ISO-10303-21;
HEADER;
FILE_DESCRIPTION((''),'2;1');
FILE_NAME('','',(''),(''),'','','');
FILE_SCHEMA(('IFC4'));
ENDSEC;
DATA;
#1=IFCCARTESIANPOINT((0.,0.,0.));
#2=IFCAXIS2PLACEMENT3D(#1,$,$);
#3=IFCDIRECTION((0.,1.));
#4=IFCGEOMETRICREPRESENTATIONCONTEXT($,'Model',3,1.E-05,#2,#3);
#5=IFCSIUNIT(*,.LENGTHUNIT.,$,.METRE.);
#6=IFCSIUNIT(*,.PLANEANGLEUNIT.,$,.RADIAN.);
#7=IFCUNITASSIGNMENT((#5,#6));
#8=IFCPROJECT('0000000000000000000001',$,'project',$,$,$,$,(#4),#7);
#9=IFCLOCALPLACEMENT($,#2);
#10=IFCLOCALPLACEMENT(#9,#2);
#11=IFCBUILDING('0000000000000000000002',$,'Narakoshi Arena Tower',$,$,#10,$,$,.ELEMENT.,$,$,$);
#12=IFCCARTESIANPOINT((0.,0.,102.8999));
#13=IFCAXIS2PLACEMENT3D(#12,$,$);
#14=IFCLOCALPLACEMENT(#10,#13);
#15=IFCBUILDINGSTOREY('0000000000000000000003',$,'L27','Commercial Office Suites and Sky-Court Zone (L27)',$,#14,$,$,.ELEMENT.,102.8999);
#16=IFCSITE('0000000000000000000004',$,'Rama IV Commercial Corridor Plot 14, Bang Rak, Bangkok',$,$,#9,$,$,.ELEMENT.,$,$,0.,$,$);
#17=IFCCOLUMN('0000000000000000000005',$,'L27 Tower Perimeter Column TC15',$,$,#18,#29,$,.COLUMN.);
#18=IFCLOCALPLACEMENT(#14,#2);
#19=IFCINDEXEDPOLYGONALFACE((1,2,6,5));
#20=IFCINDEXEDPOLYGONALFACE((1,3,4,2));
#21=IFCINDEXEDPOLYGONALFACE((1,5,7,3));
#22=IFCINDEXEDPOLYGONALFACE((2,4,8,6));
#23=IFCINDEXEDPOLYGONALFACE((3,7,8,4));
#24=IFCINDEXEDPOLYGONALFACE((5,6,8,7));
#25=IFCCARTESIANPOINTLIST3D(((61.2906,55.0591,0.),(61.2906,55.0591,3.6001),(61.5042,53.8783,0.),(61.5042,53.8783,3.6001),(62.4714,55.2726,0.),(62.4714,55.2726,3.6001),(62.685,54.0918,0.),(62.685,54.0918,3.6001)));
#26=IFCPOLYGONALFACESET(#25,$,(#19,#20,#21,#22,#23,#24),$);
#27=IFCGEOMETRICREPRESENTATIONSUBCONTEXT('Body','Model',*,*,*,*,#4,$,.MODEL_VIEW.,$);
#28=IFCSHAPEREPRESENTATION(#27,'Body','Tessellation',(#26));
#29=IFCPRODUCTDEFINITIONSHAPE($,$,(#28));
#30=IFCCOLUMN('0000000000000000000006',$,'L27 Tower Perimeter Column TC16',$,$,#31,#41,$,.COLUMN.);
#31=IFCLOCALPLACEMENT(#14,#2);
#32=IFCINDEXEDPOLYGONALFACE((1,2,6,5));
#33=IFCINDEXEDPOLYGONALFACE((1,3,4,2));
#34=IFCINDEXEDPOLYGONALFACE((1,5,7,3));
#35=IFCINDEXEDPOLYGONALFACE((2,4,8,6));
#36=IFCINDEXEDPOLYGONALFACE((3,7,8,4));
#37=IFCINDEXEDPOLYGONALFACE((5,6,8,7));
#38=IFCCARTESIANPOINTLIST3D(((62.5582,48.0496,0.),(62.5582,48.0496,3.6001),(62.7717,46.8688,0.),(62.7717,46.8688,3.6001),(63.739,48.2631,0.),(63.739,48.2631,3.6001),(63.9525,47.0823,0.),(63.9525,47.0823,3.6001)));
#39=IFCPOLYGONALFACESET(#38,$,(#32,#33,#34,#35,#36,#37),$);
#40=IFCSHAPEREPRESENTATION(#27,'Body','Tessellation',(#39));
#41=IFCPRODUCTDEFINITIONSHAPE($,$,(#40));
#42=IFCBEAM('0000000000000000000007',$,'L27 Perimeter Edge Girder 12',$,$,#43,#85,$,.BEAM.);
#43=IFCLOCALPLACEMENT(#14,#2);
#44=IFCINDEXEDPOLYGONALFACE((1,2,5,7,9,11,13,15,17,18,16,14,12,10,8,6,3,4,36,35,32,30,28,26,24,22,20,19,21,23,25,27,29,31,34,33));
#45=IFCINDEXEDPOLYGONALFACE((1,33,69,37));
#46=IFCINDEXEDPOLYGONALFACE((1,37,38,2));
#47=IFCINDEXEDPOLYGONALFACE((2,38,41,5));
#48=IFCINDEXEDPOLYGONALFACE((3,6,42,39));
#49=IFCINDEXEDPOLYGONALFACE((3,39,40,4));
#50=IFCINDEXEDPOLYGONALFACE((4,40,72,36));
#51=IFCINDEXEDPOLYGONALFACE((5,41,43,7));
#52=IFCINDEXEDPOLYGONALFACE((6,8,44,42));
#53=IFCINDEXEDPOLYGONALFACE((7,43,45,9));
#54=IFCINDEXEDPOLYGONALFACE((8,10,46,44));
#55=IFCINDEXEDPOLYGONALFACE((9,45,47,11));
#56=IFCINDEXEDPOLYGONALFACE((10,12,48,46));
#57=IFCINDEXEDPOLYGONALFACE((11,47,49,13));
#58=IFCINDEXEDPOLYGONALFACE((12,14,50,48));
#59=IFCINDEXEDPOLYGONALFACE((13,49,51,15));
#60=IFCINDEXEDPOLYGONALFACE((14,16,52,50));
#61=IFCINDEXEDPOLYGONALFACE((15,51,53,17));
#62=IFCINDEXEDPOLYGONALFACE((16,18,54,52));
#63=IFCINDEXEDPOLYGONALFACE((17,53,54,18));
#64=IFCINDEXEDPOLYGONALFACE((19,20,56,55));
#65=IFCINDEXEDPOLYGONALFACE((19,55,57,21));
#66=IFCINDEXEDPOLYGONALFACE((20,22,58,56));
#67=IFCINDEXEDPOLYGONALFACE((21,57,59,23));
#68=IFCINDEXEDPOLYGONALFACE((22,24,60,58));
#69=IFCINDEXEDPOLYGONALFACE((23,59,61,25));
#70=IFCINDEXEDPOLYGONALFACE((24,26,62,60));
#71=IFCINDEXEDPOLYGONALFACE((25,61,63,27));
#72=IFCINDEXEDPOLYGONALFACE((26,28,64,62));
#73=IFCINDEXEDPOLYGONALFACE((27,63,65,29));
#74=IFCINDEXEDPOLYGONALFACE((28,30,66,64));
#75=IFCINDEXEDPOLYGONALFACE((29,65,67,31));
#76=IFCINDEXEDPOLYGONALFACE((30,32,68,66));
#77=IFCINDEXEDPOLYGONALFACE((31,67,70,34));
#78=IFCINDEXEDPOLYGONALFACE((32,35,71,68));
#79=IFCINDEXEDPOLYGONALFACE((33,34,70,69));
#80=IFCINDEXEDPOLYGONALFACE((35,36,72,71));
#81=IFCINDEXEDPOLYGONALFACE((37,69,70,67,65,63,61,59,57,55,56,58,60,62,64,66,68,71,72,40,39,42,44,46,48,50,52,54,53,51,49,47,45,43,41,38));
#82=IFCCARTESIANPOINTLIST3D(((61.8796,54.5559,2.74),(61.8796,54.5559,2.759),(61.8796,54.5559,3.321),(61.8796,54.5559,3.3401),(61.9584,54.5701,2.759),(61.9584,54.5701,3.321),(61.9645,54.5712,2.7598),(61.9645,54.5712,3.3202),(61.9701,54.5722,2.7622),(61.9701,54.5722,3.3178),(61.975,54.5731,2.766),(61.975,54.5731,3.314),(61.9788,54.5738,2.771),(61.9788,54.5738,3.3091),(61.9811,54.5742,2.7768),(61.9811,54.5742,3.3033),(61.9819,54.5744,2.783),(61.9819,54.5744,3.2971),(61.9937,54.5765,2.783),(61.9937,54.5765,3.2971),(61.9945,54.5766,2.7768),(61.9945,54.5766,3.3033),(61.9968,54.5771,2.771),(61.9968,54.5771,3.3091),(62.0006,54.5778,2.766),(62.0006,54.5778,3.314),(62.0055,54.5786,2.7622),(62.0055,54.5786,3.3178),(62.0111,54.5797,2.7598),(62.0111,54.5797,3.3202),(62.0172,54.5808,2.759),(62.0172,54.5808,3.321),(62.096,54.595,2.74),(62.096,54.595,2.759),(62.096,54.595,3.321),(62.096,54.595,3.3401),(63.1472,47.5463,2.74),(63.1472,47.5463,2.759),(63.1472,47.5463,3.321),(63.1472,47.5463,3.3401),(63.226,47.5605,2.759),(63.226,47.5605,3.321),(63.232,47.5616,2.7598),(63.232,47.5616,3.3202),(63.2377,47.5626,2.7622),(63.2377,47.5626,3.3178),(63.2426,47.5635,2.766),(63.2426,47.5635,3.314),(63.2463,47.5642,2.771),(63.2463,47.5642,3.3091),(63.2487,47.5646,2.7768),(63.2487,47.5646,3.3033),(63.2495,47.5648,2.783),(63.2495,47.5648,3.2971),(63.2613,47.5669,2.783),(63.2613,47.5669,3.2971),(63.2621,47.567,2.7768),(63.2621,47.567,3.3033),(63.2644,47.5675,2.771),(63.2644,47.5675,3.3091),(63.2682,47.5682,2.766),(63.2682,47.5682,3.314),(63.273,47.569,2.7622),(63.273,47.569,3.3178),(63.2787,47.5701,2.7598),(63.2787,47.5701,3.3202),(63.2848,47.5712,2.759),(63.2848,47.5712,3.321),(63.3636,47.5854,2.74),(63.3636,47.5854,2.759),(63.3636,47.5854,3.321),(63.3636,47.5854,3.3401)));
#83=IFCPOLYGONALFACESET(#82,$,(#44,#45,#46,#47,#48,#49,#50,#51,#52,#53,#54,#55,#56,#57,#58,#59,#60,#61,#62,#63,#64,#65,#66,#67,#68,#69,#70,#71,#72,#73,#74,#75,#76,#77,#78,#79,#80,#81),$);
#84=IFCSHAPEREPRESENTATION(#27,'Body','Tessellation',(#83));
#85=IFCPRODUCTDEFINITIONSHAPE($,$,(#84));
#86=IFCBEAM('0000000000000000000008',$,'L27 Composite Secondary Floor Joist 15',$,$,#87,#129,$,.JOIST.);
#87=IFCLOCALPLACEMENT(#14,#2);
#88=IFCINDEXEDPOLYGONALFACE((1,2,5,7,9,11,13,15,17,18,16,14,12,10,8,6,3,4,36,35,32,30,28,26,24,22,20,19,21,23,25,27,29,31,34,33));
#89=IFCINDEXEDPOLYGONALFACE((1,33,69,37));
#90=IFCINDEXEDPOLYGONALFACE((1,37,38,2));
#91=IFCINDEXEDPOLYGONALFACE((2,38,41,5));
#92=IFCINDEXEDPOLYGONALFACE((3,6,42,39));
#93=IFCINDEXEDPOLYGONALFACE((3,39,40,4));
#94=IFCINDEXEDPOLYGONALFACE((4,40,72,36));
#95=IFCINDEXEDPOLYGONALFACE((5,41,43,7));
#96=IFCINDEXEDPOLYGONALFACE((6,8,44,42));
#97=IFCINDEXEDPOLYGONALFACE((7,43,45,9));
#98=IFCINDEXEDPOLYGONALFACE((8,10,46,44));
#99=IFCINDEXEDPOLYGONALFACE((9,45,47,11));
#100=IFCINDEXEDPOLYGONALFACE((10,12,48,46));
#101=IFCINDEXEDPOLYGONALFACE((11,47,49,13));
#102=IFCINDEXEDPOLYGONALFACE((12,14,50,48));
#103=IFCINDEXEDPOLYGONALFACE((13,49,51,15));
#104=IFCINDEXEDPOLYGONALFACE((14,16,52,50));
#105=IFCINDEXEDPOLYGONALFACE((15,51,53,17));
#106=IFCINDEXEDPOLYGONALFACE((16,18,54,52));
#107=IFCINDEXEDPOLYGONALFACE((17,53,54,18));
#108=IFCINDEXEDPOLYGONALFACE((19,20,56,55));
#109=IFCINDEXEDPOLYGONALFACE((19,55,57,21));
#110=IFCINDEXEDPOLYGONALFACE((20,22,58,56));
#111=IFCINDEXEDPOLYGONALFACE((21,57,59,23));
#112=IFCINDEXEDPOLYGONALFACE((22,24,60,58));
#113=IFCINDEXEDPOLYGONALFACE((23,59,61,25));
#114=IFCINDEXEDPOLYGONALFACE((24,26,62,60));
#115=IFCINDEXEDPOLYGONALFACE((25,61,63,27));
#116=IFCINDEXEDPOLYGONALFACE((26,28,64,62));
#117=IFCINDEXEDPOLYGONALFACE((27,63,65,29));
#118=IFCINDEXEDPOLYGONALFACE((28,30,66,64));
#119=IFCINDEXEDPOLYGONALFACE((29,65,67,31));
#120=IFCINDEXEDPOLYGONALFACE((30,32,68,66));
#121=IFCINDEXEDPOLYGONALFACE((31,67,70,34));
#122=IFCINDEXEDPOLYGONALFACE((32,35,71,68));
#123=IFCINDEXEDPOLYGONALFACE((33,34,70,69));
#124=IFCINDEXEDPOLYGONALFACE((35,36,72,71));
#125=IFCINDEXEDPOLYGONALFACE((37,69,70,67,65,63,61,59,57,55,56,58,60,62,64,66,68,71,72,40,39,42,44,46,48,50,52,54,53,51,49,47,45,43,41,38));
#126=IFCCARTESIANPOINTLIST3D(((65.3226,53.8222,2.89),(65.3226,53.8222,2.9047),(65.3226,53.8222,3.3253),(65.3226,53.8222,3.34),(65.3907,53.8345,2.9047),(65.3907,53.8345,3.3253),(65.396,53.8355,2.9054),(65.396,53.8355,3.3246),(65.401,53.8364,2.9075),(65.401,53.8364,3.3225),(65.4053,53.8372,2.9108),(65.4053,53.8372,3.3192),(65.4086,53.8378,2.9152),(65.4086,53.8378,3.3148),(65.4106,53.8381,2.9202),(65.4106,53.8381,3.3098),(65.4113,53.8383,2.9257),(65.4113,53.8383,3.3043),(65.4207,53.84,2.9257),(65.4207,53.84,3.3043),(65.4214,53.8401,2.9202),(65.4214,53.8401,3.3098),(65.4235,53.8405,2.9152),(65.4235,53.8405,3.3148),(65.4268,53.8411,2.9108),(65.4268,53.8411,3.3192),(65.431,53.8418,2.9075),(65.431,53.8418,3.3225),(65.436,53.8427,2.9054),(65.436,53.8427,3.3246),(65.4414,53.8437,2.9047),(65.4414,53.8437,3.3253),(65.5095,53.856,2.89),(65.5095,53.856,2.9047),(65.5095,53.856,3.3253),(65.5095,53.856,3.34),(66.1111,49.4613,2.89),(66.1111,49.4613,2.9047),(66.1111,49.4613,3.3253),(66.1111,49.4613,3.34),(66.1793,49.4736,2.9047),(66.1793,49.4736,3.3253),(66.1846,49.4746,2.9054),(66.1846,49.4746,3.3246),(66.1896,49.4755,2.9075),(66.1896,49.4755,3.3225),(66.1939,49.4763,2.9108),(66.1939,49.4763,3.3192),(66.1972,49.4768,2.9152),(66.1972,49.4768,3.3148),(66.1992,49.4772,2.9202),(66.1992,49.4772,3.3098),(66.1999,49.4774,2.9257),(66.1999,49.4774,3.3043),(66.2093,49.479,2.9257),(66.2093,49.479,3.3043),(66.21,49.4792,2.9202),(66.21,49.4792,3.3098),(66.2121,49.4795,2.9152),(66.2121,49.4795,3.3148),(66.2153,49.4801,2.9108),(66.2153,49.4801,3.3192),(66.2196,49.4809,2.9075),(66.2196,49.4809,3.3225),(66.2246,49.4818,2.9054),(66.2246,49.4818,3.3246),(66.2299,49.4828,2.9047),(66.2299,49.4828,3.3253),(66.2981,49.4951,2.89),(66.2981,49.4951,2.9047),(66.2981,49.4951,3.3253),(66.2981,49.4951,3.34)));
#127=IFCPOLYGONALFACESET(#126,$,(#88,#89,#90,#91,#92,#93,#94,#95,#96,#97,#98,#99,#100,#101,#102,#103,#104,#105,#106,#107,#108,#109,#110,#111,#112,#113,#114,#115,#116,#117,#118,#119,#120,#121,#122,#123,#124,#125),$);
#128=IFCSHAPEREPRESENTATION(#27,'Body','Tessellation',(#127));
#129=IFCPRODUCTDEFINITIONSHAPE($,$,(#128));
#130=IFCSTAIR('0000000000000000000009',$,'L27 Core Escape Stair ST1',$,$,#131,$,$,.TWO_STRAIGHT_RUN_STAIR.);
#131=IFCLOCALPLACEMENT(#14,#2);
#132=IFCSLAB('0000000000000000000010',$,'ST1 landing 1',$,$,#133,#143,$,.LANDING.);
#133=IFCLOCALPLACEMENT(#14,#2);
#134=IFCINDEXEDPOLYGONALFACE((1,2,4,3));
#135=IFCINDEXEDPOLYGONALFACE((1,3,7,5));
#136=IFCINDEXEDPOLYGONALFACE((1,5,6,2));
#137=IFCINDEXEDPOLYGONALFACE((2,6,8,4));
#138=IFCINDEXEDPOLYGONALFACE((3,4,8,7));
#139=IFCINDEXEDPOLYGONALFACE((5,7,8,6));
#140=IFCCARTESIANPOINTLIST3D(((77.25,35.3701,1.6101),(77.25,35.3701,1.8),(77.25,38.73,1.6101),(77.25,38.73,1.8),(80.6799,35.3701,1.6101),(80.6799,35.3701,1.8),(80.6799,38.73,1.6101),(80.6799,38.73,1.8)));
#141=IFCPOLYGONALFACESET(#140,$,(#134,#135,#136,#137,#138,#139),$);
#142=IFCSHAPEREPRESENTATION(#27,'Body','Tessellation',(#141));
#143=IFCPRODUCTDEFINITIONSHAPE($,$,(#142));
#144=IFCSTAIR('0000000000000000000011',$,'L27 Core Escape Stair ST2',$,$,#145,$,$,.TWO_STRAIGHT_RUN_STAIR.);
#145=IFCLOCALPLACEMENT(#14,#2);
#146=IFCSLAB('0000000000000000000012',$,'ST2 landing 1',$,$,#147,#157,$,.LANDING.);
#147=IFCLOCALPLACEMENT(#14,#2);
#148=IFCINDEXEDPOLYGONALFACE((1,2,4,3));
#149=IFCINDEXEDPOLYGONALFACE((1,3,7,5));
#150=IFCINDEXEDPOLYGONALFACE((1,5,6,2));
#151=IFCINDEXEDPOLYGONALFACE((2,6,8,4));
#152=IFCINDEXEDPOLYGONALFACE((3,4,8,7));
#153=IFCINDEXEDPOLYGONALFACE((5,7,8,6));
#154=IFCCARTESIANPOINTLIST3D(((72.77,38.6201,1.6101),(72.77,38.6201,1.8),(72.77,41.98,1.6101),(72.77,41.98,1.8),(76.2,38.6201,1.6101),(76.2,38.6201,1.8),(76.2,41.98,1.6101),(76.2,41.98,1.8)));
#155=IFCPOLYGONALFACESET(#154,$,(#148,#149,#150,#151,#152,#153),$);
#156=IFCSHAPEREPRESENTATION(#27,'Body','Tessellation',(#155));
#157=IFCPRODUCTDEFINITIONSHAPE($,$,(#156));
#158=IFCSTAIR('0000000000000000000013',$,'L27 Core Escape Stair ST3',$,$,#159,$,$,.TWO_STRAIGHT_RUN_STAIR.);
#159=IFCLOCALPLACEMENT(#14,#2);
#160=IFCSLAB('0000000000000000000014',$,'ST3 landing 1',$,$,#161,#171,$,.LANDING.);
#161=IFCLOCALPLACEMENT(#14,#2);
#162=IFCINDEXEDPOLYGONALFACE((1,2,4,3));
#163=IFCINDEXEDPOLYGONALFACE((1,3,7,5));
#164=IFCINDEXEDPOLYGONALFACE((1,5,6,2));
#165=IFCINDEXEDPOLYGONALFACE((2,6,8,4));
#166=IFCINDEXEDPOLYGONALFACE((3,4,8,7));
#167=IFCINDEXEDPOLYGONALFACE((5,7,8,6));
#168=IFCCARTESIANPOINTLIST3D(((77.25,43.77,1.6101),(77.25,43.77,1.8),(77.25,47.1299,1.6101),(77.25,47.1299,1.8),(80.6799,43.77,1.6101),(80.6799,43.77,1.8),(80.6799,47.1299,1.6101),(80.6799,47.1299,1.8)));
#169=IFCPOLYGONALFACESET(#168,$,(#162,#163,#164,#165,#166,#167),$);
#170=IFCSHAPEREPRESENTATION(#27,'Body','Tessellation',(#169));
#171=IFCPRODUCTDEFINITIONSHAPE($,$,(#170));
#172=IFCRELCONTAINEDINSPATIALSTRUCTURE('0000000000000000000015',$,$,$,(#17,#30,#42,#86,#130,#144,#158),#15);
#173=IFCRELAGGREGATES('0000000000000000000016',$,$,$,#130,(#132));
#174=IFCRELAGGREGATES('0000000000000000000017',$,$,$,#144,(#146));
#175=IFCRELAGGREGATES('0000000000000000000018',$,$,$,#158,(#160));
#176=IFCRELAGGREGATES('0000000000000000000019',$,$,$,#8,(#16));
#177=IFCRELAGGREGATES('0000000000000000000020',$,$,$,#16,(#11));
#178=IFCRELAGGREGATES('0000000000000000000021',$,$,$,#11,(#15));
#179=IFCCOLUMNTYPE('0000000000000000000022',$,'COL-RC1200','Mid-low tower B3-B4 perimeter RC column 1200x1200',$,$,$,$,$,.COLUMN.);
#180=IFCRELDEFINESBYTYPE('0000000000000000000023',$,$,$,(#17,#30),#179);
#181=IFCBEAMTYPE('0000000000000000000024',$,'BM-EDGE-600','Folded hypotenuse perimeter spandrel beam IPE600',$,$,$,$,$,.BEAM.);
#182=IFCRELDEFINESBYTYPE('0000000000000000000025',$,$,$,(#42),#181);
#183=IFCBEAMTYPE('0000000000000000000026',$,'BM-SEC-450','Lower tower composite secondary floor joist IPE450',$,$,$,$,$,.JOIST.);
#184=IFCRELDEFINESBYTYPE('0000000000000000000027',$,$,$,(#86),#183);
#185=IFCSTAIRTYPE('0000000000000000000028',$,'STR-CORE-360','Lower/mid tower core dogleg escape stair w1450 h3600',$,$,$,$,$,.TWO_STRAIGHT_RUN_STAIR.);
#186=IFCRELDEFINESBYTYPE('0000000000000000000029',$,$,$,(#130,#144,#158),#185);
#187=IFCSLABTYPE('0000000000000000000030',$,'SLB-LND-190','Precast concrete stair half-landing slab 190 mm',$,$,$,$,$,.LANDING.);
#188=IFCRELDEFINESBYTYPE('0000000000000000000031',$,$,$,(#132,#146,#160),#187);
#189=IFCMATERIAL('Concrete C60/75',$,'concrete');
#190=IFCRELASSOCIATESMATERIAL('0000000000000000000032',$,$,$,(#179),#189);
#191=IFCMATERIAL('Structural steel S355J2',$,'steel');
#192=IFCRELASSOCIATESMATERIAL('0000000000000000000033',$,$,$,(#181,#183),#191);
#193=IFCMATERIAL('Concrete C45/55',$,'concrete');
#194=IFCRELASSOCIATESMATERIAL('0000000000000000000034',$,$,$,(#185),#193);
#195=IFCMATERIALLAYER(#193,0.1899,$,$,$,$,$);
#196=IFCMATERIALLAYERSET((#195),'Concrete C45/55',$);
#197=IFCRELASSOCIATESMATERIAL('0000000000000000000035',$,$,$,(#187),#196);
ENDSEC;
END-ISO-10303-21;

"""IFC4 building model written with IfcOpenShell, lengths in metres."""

from ifc_helpers import new_model, si_unit, direction, frame, origin, origin_2d, place, context, subcontext, project, spatial, polyline, rectangle, i_section, outline, extrude, material, layer, layer_set, material_profile, profile_set, type_object, element, aggregate, save


model = new_model("IFC4")

# Units and contexts
model_context = context("Model", 3, precision=1e-05, world=origin(), true_north=direction((0.0, 1.0)))
body_context = subcontext(model_context, "Body", "Model", "MODEL_VIEW")
ifc_project = project(units=[si_unit("LENGTHUNIT", "METRE"), si_unit("PLANEANGLEUNIT", "RADIAN")], contexts=[model_context])

# Site, building, storey
site_placement = place(None, origin())
site = spatial("IfcSite", under=ifc_project, at=site_placement, Name="Rama IV Commercial Corridor Plot 14, Bang Rak, Bangkok", CompositionType="ELEMENT", RefElevation=0.0)
building_placement = place(site_placement, origin())
building = spatial("IfcBuilding", under=site, at=building_placement, Name="Narakoshi Arena Tower", CompositionType="ELEMENT")
storey_placement = place(building_placement, frame((0.0, 0.0, 102.8999)))
storey = spatial("IfcBuildingStorey", under=building, at=storey_placement, Name="L27", Description="Commercial Office Suites and Sky-Court Zone (L27)", CompositionType="ELEMENT", Elevation=102.8999)

# Columns
ifc_material_1 = material(Name="Concrete C60/75", Category="concrete")
ifc_material_profile_1 = material_profile(ifc_material_1, rectangle(XDim=1.2, YDim=1.2, at=origin_2d()), Name="RC1200x1200")
ifc_profile_set_1 = profile_set([ifc_material_profile_1], Name="Concrete C60/75")
column_type = type_object("IfcColumnType", Name="COL-RC1200", Description="Mid-low tower B3-B4 perimeter RC column 1200x1200", PredefinedType="COLUMN", material=ifc_profile_set_1)
for number, where, z_axis, x_axis, name in (
    (1, (61.9878, 54.5754, 0.0), (0.0, 0.0, 1.0), (-0.177944, 0.984041, 0.0), "L27 Tower Perimeter Column TC15"),
    (2, (63.2554, 47.5659, 0.0), (0.0, 0.0, 1.0), (-0.177944, 0.984041, 0.0), "L27 Tower Perimeter Column TC16"),
):
    element("IfcColumn", number, at=place(storey_placement, frame(where, z_axis=z_axis, x_axis=x_axis)), inside=storey, type_object=column_type, Name=name, PredefinedType="COLUMN", context=body_context, shape_type="SweptSolid", body=[
        extrude(rectangle(XDim=1.2, YDim=1.2, at=origin_2d()), origin(), (0.0, 0.0, 1.0), 3.6001),
    ])

# Beams
ifc_material_2 = material(Name="Structural steel S355J2", Category="steel")
ifc_material_profile_2 = material_profile(ifc_material_2, i_section(OverallWidth=0.22, OverallDepth=0.6001, WebThickness=0.012, FlangeThickness=0.019, FilletRadius=0.0239, at=origin_2d()), Name="IPE600")
ifc_profile_set_2 = profile_set([ifc_material_profile_2], Name="Structural steel S355J2")
beam_type_1 = type_object("IfcBeamType", Name="BM-EDGE-600", Description="Folded hypotenuse perimeter spandrel beam IPE600", PredefinedType="BEAM", material=ifc_profile_set_2)
beam_1_placement = place(storey_placement, frame((61.9878, 54.5754, 3.04), z_axis=(0.17795, -0.984039, 0.0), x_axis=(0.984039, 0.17795, 0.0)))
element("IfcBeam", 3, at=beam_1_placement, inside=storey, type_object=beam_type_1, Name="L27 Perimeter Edge Girder 12", PredefinedType="BEAM", context=body_context, shape_type="SweptSolid", body=[
    extrude(i_section(OverallWidth=0.22, OverallDepth=0.6001, WebThickness=0.012, FlangeThickness=0.019, FilletRadius=0.0239, at=origin_2d()), origin(), (0.0, 0.0, 1.0), 7.1233),
])
ifc_material_profile_3 = material_profile(ifc_material_2, i_section(OverallWidth=0.1899, OverallDepth=0.45, WebThickness=0.0095, FlangeThickness=0.0146, FilletRadius=0.021, at=origin_2d()), Name="IPE450")
ifc_profile_set_3 = profile_set([ifc_material_profile_3], Name="Structural steel S355J2")
beam_type_2 = type_object("IfcBeamType", Name="BM-SEC-450", Description="Lower tower composite secondary floor joist IPE450", PredefinedType="JOIST", material=ifc_profile_set_3)
beam_2_placement = place(storey_placement, frame((65.416, 53.8391, 3.115), z_axis=(0.177945, -0.98404, 0.0), x_axis=(0.98404, 0.177945, 0.0)))
element("IfcBeam", 4, at=beam_2_placement, inside=storey, type_object=beam_type_2, Name="L27 Composite Secondary Floor Joist 15", PredefinedType="JOIST", context=body_context, shape_type="SweptSolid", body=[
    extrude(i_section(OverallWidth=0.1899, OverallDepth=0.45, WebThickness=0.0095, FlangeThickness=0.0146, FilletRadius=0.021, at=origin_2d()), origin(), (0.0, 0.0, 1.0), 4.4316),
])

# Stairs, slabs
ifc_material_3 = material(Name="Concrete C45/55", Category="concrete")
stair_type = type_object("IfcStairType", Name="STR-CORE-360", Description="Lower/mid tower core dogleg escape stair w1450 h3600", PredefinedType="TWO_STRAIGHT_RUN_STAIR", material=ifc_material_3)
stair_1_placement = place(storey_placement, origin())
stair_1 = element("IfcStair", 5, at=stair_1_placement, inside=storey, type_object=stair_type, Name="L27 Core Escape Stair ST1", PredefinedType="TWO_STRAIGHT_RUN_STAIR")
ifc_layer_1 = layer(ifc_material_3, 0.1899)
ifc_layer_set_1 = layer_set([ifc_layer_1], Name="Concrete C45/55")
slab_type_1 = type_object("IfcSlabType", Name="SLB-LND-190", Description="Precast concrete stair half-landing slab 190 mm", PredefinedType="LANDING", material=ifc_layer_set_1)
slab_1_placement = place(storey_placement, frame((0.0, 0.0, 1.6101)))
slab_1 = element("IfcSlab", 6, at=slab_1_placement, type_object=slab_type_1, Name="ST1 landing 1", PredefinedType="LANDING", context=body_context, shape_type="SweptSolid", body=[
    extrude(outline(polyline([(77.25, 35.3701), (80.6799, 35.3701), (80.6799, 38.73), (77.25, 38.73), (77.25, 35.3701)])), origin(), (0.0, 0.0, 1.0), 0.1899),
])
aggregate(stair_1, [slab_1])
stair_2_placement = place(storey_placement, origin())
stair_2 = element("IfcStair", 7, at=stair_2_placement, inside=storey, type_object=stair_type, Name="L27 Core Escape Stair ST2", PredefinedType="TWO_STRAIGHT_RUN_STAIR")
slab_2_placement = place(storey_placement, frame((0.0, 0.0, 1.6101)))
slab_2 = element("IfcSlab", 8, at=slab_2_placement, type_object=slab_type_1, Name="ST2 landing 1", PredefinedType="LANDING", context=body_context, shape_type="SweptSolid", body=[
    extrude(outline(polyline([(72.77, 38.6201), (76.2, 38.6201), (76.2, 41.98), (72.77, 41.98), (72.77, 38.6201)])), origin(), (0.0, 0.0, 1.0), 0.1899),
])
aggregate(stair_2, [slab_2])
stair_3_placement = place(storey_placement, origin())
stair_3 = element("IfcStair", 9, at=stair_3_placement, inside=storey, type_object=stair_type, Name="L27 Core Escape Stair ST3", PredefinedType="TWO_STRAIGHT_RUN_STAIR")
slab_3_placement = place(storey_placement, frame((0.0, 0.0, 1.6101)))
slab_3 = element("IfcSlab", 10, at=slab_3_placement, type_object=slab_type_1, Name="ST3 landing 1", PredefinedType="LANDING", context=body_context, shape_type="SweptSolid", body=[
    extrude(outline(polyline([(77.25, 43.77), (80.6799, 43.77), (80.6799, 47.1299), (77.25, 47.1299), (77.25, 43.77)])), origin(), (0.0, 0.0, 1.0), 0.1899),
])
aggregate(stair_3, [slab_3])

save(model, "model.ifc")
